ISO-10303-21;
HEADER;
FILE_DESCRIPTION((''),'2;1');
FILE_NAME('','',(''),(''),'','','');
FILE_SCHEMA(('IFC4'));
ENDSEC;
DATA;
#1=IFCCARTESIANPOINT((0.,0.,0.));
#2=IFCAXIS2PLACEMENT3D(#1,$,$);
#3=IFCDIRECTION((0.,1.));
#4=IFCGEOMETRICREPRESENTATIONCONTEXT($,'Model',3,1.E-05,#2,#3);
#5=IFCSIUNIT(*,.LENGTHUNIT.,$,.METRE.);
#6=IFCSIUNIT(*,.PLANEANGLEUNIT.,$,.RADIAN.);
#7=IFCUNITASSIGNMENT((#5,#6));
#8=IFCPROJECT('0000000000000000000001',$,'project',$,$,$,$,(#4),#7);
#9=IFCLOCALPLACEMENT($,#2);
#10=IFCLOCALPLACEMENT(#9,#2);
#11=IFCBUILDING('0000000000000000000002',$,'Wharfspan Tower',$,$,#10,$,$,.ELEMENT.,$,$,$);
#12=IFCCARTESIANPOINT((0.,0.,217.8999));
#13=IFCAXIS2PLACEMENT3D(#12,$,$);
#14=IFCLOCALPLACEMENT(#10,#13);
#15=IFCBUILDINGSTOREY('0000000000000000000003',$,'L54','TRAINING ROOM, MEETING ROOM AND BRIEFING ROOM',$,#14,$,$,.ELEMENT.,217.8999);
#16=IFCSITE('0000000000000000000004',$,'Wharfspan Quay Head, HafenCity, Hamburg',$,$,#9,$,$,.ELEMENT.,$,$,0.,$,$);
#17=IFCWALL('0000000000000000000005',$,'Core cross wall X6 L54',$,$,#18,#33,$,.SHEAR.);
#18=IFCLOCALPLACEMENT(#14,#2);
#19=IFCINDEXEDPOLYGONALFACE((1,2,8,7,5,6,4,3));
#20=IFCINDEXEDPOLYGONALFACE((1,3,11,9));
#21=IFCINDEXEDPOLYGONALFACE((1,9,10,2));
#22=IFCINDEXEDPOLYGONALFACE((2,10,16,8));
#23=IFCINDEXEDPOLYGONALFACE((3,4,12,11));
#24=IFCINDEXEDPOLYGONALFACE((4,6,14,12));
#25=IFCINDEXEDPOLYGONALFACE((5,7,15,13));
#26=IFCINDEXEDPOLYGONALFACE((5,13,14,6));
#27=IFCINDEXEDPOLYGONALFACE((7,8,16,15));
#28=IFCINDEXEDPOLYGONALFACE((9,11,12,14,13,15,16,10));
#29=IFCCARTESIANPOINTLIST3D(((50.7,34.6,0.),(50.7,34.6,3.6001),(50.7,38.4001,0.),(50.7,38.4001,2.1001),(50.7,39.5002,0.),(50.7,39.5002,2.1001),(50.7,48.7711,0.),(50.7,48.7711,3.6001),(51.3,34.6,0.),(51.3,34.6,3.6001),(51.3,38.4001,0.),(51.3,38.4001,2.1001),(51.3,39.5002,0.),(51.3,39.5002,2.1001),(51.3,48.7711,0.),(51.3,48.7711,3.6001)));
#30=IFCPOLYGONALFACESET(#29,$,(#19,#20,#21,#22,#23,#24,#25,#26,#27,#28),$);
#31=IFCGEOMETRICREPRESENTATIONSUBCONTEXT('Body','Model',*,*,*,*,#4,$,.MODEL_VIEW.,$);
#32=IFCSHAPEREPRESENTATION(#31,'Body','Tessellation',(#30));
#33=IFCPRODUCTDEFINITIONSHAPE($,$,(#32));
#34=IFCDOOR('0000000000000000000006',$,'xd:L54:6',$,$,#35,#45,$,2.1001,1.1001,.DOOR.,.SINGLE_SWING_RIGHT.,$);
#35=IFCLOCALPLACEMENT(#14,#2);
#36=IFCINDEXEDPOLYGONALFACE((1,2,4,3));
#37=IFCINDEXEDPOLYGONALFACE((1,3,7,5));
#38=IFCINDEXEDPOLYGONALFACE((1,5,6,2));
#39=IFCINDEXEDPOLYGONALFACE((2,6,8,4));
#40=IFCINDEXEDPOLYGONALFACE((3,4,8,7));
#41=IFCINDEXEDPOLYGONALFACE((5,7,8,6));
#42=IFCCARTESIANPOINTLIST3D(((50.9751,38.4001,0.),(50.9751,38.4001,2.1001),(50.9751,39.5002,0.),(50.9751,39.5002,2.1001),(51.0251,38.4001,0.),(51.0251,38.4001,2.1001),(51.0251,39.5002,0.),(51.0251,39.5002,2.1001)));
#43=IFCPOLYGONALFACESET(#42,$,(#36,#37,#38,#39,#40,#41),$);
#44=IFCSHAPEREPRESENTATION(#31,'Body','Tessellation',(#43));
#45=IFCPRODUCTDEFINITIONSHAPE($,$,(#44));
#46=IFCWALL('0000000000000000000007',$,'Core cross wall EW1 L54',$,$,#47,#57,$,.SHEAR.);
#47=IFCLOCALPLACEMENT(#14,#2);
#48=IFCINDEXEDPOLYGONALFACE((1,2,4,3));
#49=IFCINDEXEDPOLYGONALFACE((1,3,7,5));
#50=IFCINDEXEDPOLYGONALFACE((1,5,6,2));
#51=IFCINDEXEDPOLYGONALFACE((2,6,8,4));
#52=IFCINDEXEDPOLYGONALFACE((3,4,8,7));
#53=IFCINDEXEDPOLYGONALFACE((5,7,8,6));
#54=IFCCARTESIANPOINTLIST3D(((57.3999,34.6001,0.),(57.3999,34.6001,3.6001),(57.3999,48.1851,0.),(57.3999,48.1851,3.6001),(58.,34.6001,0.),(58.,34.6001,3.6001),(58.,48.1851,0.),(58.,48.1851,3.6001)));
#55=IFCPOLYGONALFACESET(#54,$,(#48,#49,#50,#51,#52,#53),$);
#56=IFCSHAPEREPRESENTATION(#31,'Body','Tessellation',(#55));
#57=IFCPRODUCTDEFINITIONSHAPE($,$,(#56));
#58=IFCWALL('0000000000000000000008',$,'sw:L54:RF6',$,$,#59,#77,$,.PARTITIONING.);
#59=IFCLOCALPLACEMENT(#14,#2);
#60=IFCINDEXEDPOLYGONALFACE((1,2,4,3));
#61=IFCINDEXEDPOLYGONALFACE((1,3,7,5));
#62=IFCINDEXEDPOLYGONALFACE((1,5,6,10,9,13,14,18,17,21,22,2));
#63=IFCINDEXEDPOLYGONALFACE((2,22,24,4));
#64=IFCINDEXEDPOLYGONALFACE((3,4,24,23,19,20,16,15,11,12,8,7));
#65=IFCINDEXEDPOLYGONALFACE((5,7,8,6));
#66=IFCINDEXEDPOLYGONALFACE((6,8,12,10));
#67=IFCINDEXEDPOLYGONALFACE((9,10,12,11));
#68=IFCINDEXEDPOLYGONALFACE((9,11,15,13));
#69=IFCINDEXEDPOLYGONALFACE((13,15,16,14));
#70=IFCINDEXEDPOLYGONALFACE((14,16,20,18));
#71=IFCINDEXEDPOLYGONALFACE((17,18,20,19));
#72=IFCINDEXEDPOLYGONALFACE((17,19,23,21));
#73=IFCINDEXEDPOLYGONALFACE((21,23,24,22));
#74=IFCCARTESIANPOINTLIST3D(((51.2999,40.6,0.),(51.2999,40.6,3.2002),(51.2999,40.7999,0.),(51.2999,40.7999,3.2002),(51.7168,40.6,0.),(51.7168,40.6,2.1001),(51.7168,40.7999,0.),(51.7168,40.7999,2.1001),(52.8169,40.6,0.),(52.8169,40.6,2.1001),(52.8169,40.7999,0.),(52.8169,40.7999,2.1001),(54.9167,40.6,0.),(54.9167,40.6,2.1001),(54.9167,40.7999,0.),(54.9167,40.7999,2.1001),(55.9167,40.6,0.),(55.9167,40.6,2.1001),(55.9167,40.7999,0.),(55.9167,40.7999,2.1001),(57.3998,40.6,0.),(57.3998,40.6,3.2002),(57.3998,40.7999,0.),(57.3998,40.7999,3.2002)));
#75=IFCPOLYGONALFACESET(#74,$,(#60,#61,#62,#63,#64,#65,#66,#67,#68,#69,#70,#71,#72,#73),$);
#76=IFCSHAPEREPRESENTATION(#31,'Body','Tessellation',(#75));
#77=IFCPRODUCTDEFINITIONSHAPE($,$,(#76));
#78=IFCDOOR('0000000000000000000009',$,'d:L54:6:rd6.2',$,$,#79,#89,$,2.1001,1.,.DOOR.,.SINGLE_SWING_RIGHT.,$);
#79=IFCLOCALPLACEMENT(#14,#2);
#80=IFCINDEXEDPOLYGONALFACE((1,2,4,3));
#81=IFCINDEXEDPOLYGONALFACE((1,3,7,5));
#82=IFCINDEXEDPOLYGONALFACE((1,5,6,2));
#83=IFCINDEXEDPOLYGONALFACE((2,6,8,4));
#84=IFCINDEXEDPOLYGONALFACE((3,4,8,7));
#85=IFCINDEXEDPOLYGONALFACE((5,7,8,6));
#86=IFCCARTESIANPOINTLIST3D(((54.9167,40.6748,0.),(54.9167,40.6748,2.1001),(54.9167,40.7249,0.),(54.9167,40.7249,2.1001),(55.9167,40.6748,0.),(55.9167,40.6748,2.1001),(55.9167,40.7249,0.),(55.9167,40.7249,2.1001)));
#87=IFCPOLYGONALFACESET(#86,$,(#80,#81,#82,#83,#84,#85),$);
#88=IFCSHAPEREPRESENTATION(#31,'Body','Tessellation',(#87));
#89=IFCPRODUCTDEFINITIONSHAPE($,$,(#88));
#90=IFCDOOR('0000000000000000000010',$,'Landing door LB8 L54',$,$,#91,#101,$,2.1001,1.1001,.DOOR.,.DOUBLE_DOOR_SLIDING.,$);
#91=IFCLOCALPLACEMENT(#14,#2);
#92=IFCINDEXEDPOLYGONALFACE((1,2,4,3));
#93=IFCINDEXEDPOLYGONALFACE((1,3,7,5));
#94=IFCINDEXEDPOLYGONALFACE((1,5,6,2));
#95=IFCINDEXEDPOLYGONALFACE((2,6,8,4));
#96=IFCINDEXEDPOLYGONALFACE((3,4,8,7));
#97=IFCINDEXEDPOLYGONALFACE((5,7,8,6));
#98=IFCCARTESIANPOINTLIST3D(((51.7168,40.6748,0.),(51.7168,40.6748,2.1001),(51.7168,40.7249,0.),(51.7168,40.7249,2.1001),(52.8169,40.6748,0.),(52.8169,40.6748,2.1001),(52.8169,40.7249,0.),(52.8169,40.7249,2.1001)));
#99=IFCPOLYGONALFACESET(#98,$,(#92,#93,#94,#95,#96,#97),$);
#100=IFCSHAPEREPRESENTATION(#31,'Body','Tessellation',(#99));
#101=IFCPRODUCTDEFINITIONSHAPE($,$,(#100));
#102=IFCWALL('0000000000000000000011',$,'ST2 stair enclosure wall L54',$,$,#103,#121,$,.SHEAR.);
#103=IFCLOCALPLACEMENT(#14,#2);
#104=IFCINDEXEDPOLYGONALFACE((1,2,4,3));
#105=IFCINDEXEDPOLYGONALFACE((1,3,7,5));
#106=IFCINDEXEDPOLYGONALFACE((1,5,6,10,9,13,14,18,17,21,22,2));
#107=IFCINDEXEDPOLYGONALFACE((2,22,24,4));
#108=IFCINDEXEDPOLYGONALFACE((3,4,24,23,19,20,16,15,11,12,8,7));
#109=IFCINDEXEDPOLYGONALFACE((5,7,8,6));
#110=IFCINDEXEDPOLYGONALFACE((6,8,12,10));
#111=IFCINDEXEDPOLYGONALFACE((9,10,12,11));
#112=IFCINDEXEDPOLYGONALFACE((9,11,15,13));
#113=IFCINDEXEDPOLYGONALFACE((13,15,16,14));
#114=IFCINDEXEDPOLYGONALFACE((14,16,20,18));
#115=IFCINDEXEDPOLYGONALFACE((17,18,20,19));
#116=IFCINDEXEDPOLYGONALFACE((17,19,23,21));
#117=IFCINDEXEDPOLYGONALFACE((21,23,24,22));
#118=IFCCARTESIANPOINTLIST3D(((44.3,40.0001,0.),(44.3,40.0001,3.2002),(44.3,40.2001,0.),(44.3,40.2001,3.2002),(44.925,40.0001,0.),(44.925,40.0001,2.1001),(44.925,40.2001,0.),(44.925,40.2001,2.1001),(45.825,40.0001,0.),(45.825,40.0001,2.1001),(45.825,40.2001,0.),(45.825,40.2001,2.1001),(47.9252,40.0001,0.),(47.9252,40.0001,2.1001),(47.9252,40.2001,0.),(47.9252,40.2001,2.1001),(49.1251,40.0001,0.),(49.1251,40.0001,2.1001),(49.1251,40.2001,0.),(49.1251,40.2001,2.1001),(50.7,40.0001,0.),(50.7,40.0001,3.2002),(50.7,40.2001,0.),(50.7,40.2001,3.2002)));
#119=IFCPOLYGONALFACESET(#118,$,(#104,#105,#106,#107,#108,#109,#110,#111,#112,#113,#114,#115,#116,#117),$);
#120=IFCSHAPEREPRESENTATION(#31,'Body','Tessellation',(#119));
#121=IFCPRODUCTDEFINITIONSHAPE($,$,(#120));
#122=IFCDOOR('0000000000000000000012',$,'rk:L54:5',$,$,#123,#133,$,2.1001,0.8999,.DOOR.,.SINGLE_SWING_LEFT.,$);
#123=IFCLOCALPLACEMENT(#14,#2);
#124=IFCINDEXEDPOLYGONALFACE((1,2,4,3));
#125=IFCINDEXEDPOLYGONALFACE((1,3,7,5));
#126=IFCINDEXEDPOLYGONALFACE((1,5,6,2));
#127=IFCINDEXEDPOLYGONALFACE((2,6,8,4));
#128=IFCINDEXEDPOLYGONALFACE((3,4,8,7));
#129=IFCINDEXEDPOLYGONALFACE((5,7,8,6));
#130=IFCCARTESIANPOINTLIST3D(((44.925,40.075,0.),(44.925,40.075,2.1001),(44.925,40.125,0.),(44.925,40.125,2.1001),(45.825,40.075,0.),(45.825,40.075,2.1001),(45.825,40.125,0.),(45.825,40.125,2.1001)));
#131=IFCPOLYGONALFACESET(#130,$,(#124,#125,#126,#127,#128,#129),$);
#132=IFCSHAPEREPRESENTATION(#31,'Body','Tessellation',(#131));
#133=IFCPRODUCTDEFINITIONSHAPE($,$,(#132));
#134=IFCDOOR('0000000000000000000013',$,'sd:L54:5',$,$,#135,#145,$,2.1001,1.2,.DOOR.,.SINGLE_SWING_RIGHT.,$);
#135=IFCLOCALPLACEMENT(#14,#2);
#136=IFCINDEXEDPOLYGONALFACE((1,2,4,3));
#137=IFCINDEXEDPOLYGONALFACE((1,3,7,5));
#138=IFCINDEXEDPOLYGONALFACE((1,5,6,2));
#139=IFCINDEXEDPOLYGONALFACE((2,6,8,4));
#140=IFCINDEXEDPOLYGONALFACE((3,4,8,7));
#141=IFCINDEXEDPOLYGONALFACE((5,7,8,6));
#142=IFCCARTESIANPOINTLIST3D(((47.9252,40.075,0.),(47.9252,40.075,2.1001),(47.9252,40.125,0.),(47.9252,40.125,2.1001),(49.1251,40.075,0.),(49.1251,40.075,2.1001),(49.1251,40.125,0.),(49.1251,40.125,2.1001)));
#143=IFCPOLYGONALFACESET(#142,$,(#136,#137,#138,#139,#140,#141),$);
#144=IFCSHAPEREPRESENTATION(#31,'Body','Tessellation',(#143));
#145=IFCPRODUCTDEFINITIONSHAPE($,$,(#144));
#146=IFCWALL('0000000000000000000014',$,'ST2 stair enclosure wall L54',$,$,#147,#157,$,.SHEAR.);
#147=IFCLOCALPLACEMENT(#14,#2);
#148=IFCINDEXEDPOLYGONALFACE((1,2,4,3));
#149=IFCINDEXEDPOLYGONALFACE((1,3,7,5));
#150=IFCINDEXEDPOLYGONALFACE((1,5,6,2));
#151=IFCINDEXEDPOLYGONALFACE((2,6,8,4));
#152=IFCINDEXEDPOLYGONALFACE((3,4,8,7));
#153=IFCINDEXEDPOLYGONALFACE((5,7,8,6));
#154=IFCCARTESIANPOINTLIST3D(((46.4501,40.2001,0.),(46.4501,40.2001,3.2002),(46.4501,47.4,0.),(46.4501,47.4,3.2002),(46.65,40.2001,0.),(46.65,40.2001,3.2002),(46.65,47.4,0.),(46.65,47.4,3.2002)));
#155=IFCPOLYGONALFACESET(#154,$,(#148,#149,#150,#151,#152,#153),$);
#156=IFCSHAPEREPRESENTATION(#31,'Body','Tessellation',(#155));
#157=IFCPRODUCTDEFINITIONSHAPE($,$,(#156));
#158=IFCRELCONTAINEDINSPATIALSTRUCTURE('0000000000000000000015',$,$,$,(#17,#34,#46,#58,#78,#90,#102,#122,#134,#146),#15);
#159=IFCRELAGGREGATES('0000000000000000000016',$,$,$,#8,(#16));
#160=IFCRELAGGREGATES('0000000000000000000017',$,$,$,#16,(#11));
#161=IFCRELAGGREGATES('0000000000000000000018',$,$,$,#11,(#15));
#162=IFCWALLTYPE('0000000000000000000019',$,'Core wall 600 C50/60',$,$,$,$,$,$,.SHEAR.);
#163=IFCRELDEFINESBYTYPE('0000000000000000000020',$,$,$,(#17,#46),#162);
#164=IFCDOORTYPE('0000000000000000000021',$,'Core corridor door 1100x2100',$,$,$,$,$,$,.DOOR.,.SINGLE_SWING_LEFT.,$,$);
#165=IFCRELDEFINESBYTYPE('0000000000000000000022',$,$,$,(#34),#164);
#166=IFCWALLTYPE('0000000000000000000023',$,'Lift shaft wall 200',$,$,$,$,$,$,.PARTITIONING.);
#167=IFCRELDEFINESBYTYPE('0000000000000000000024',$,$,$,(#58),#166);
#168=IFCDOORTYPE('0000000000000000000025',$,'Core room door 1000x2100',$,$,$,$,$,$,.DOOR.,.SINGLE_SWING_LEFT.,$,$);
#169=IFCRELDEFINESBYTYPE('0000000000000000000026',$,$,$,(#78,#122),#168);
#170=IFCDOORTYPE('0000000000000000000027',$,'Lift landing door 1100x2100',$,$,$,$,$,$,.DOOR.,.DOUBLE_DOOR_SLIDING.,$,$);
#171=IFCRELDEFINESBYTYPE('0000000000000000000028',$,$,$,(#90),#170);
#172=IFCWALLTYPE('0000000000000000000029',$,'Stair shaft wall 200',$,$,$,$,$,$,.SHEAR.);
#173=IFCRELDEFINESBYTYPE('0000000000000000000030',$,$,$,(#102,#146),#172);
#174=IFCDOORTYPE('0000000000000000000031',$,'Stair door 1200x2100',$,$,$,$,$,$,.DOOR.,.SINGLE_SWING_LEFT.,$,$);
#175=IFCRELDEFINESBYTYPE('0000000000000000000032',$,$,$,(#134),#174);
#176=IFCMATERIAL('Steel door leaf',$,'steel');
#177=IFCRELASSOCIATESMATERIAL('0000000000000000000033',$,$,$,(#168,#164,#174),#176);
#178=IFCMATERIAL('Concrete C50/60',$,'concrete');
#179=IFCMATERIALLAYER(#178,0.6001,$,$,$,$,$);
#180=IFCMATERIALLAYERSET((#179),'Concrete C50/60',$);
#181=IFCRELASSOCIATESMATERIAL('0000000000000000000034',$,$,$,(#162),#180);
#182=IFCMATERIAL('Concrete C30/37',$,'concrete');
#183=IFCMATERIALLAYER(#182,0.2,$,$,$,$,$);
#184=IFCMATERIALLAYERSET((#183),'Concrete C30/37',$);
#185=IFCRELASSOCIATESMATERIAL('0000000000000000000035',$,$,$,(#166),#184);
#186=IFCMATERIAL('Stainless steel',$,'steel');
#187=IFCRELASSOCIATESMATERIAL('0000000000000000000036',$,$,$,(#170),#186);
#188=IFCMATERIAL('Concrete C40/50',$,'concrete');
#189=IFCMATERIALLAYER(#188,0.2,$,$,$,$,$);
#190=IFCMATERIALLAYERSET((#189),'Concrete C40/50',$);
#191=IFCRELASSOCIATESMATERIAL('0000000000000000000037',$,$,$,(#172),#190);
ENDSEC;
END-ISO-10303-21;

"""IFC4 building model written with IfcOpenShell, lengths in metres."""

from ifc_helpers import new_model, si_unit, direction, frame, frame_2d, origin, place, context, subcontext, project, spatial, rectangle, extrude, material, layer, layer_set, type_object, element, fill, save


model = new_model("IFC4")

# Units and contexts
model_context = context("Model", 3, precision=1e-05, world=origin(), true_north=direction((0.0, 1.0)))
body_context = subcontext(model_context, "Body", "Model", "MODEL_VIEW")
ifc_project = project(units=[si_unit("LENGTHUNIT", "METRE"), si_unit("PLANEANGLEUNIT", "RADIAN")], contexts=[model_context])

# Site, building, storey
site_placement = place(None, origin())
site = spatial("IfcSite", under=ifc_project, at=site_placement, Name="Wharfspan Quay Head, HafenCity, Hamburg", CompositionType="ELEMENT", RefElevation=0.0)
building_placement = place(site_placement, origin())
building = spatial("IfcBuilding", under=site, at=building_placement, Name="Wharfspan Tower", CompositionType="ELEMENT")
storey_placement = place(building_placement, frame((0.0, 0.0, 217.8999)))
storey = spatial("IfcBuildingStorey", under=building, at=storey_placement, Name="L54", Description="TRAINING ROOM, MEETING ROOM AND BRIEFING ROOM", CompositionType="ELEMENT", Elevation=217.8999)

# Shared definitions
ifc_material_1 = material(Name="Steel door leaf", Category="steel")
door_type_1 = type_object("IfcDoorType", Name="Core room door 1000x2100", OperationType="SINGLE_SWING_LEFT", PredefinedType="DOOR", material=ifc_material_1)

# Shared definitions
ifc_material_2 = material(Name="Concrete C50/60", Category="concrete")
ifc_layer_1 = layer(ifc_material_2, 0.6001)
ifc_layer_set_1 = layer_set([ifc_layer_1], Name="Concrete C50/60")
wall_type_1 = type_object("IfcWallType", Name="Core wall 600 C50/60", PredefinedType="SHEAR", material=ifc_layer_set_1)
door_type_2 = type_object("IfcDoorType", Name="Core corridor door 1100x2100", OperationType="SINGLE_SWING_LEFT", PredefinedType="DOOR", material=ifc_material_1)

# Wall, opening, door
wall_1_placement = place(storey_placement, frame((51.0, 34.6001, 0.0), z_axis=(0.0, 0.0, 1.0), x_axis=(0.0, 1.0, 0.0)))
wall_1 = element("IfcWall", 1, at=wall_1_placement, inside=storey, type_object=wall_type_1, Name="Core cross wall X6 L54", PredefinedType="SHEAR", context=body_context, shape_type="SweptSolid", body=[
    extrude(rectangle(XDim=14.1711, YDim=0.6001, at=frame_2d((7.0854, 0.0))), origin(), (0.0, 0.0, 1.0), 3.6001),
])
opening_1_placement = place(wall_1_placement, frame((3.8, 0.0, 0.0)))
opening_1 = element("IfcOpeningElement", 2, at=opening_1_placement, cuts=wall_1, PredefinedType="OPENING", context=body_context, shape_type="SweptSolid", body=[
    extrude(rectangle(XDim=1.1001, YDim=2.1001, at=frame_2d((0.55, 1.05))), frame((0.0, 0.3101, 0.0), z_axis=(0.0, -1.0, 0.0), x_axis=(1.0, 0.0, 0.0)), (0.0, 0.0, 1.0), 0.6201),
])
door_1_placement = place(opening_1_placement, origin())
door_1 = element("IfcDoor", 3, at=door_1_placement, inside=storey, type_object=door_type_2, Name="xd:L54:6", OperationType="SINGLE_SWING_RIGHT", OverallHeight=2.1001, OverallWidth=1.1001, PredefinedType="DOOR", context=body_context, shape_type="SweptSolid", body=[
    extrude(rectangle(XDim=1.1001, YDim=2.1001, at=frame_2d((0.55, 1.05))), frame((0.0, 0.0249, 0.0), z_axis=(0.0, -1.0, 0.0), x_axis=(1.0, 0.0, 0.0)), (0.0, 0.0, 1.0), 0.05),
])
fill(opening_1, door_1)

# Wall
wall_2_placement = place(storey_placement, frame((57.7, 34.6001, 0.0), z_axis=(0.0, 0.0, 1.0), x_axis=(0.0, 1.0, 0.0)))
element("IfcWall", 4, at=wall_2_placement, inside=storey, type_object=wall_type_1, Name="Core cross wall EW1 L54", PredefinedType="SHEAR", context=body_context, shape_type="SweptSolid", body=[
    extrude(rectangle(XDim=13.585, YDim=0.6001, at=frame_2d((6.7925, 0.0))), origin(), (0.0, 0.0, 1.0), 3.6001),
])

# Walls, openings, doors
ifc_material_3 = material(Name="Concrete C30/37", Category="concrete")
ifc_layer_2 = layer(ifc_material_3, 0.2)
ifc_layer_set_2 = layer_set([ifc_layer_2], Name="Concrete C30/37")
wall_type_2 = type_object("IfcWallType", Name="Lift shaft wall 200", PredefinedType="PARTITIONING", material=ifc_layer_set_2)
wall_3_placement = place(storey_placement, frame((51.3, 40.7, 0.0), z_axis=(0.0, 0.0, 1.0), x_axis=(1.0, 0.0, 0.0)))
wall_3 = element("IfcWall", 5, at=wall_3_placement, inside=storey, type_object=wall_type_2, Name="sw:L54:RF6", PredefinedType="PARTITIONING", context=body_context, shape_type="SweptSolid", body=[
    extrude(rectangle(XDim=6.0999, YDim=0.2, at=frame_2d((3.0498, 0.0))), origin(), (0.0, 0.0, 1.0), 3.2002),
])
opening_2_placement = place(wall_3_placement, frame((0.4167, 0.0, 0.0)))
opening_2 = element("IfcOpeningElement", 6, at=opening_2_placement, cuts=wall_3, PredefinedType="OPENING", context=body_context, shape_type="SweptSolid", body=[
    extrude(rectangle(XDim=1.1001, YDim=2.1001, at=frame_2d((0.55, 1.05))), frame((0.0, 0.1099, 0.0), z_axis=(0.0, -1.0, 0.0), x_axis=(1.0, 0.0, 0.0)), (0.0, 0.0, 1.0), 0.22),
])
opening_3_placement = place(wall_3_placement, frame((3.6167, 0.0, 0.0)))
opening_3 = element("IfcOpeningElement", 7, at=opening_3_placement, cuts=wall_3, PredefinedType="OPENING", context=body_context, shape_type="SweptSolid", body=[
    extrude(rectangle(XDim=1.0, YDim=2.1001, at=frame_2d((0.5, 1.05))), frame((0.0, 0.1099, 0.0), z_axis=(0.0, -1.0, 0.0), x_axis=(1.0, 0.0, 0.0)), (0.0, 0.0, 1.0), 0.22),
])
door_2_placement = place(opening_3_placement, origin())
door_2 = element("IfcDoor", 8, at=door_2_placement, inside=storey, type_object=door_type_1, Name="d:L54:6:rd6.2", OperationType="SINGLE_SWING_RIGHT", OverallHeight=2.1001, OverallWidth=1.0, PredefinedType="DOOR", context=body_context, shape_type="SweptSolid", body=[
    extrude(rectangle(XDim=1.0, YDim=2.1001, at=frame_2d((0.5, 1.05))), frame((0.0, 0.0249, 0.0), z_axis=(0.0, -1.0, 0.0), x_axis=(1.0, 0.0, 0.0)), (0.0, 0.0, 1.0), 0.05),
])
fill(opening_3, door_2)
ifc_material_4 = material(Name="Stainless steel", Category="steel")
door_type_3 = type_object("IfcDoorType", Name="Lift landing door 1100x2100", OperationType="DOUBLE_DOOR_SLIDING", PredefinedType="DOOR", material=ifc_material_4)
door_3_placement = place(opening_2_placement, origin())
door_3 = element("IfcDoor", 9, at=door_3_placement, inside=storey, type_object=door_type_3, Name="Landing door LB8 L54", OperationType="DOUBLE_DOOR_SLIDING", OverallHeight=2.1001, OverallWidth=1.1001, PredefinedType="DOOR", context=body_context, shape_type="SweptSolid", body=[
    extrude(rectangle(XDim=1.1001, YDim=2.1001, at=frame_2d((0.55, 1.05))), frame((0.0, 0.0249, 0.0), z_axis=(0.0, -1.0, 0.0), x_axis=(1.0, 0.0, 0.0)), (0.0, 0.0, 1.0), 0.05),
])
fill(opening_2, door_3)
ifc_material_5 = material(Name="Concrete C40/50", Category="concrete")
ifc_layer_3 = layer(ifc_material_5, 0.2)
ifc_layer_set_3 = layer_set([ifc_layer_3], Name="Concrete C40/50")
wall_type_3 = type_object("IfcWallType", Name="Stair shaft wall 200", PredefinedType="SHEAR", material=ifc_layer_set_3)
wall_4_placement = place(storey_placement, frame((44.3, 40.1001, 0.0), z_axis=(0.0, 0.0, 1.0), x_axis=(1.0, 0.0, 0.0)))
wall_4 = element("IfcWall", 10, at=wall_4_placement, inside=storey, type_object=wall_type_3, Name="ST2 stair enclosure wall L54", PredefinedType="SHEAR", context=body_context, shape_type="SweptSolid", body=[
    extrude(rectangle(XDim=6.3999, YDim=0.2, at=frame_2d((3.2, 0.0))), origin(), (0.0, 0.0, 1.0), 3.2002),
])
opening_4_placement = place(wall_4_placement, frame((3.625, 0.0, 0.0)))
opening_4 = element("IfcOpeningElement", 11, at=opening_4_placement, cuts=wall_4, PredefinedType="OPENING", context=body_context, shape_type="SweptSolid", body=[
    extrude(rectangle(XDim=1.2, YDim=2.1001, at=frame_2d((0.6001, 1.05))), frame((0.0, 0.1099, 0.0), z_axis=(0.0, -1.0, 0.0), x_axis=(1.0, 0.0, 0.0)), (0.0, 0.0, 1.0), 0.22),
])
opening_5_placement = place(wall_4_placement, frame((0.625, 0.0, 0.0)))
opening_5 = element("IfcOpeningElement", 12, at=opening_5_placement, cuts=wall_4, PredefinedType="OPENING", context=body_context, shape_type="SweptSolid", body=[
    extrude(rectangle(XDim=0.8999, YDim=2.1001, at=frame_2d((0.45, 1.05))), frame((0.0, 0.1099, 0.0), z_axis=(0.0, -1.0, 0.0), x_axis=(1.0, 0.0, 0.0)), (0.0, 0.0, 1.0), 0.22),
])
door_4_placement = place(opening_5_placement, origin())
door_4 = element("IfcDoor", 13, at=door_4_placement, inside=storey, type_object=door_type_1, Name="rk:L54:5", OperationType="SINGLE_SWING_LEFT", OverallHeight=2.1001, OverallWidth=0.8999, PredefinedType="DOOR", context=body_context, shape_type="SweptSolid", body=[
    extrude(rectangle(XDim=0.8999, YDim=2.1001, at=frame_2d((0.45, 1.05))), frame((0.0, 0.0249, 0.0), z_axis=(0.0, -1.0, 0.0), x_axis=(1.0, 0.0, 0.0)), (0.0, 0.0, 1.0), 0.05),
])
fill(opening_5, door_4)
door_type_4 = type_object("IfcDoorType", Name="Stair door 1200x2100", OperationType="SINGLE_SWING_LEFT", PredefinedType="DOOR", material=ifc_material_1)
door_5_placement = place(opening_4_placement, origin())
door_5 = element("IfcDoor", 14, at=door_5_placement, inside=storey, type_object=door_type_4, Name="sd:L54:5", OperationType="SINGLE_SWING_RIGHT", OverallHeight=2.1001, OverallWidth=1.2, PredefinedType="DOOR", context=body_context, shape_type="SweptSolid", body=[
    extrude(rectangle(XDim=1.2, YDim=2.1001, at=frame_2d((0.6001, 1.05))), frame((0.0, 0.0249, 0.0), z_axis=(0.0, -1.0, 0.0), x_axis=(1.0, 0.0, 0.0)), (0.0, 0.0, 1.0), 0.05),
])
fill(opening_4, door_5)

# Wall
wall_5_placement = place(storey_placement, frame((46.55, 40.2, 0.0), z_axis=(0.0, 0.0, 1.0), x_axis=(0.0, 1.0, 0.0)))
element("IfcWall", 15, at=wall_5_placement, inside=storey, type_object=wall_type_3, Name="ST2 stair enclosure wall L54", PredefinedType="SHEAR", context=body_context, shape_type="SweptSolid", body=[
    extrude(rectangle(XDim=7.2, YDim=0.2, at=frame_2d((3.6001, 0.0))), origin(), (0.0, 0.0, 1.0), 3.2002),
])

save(model, "model.ifc")
